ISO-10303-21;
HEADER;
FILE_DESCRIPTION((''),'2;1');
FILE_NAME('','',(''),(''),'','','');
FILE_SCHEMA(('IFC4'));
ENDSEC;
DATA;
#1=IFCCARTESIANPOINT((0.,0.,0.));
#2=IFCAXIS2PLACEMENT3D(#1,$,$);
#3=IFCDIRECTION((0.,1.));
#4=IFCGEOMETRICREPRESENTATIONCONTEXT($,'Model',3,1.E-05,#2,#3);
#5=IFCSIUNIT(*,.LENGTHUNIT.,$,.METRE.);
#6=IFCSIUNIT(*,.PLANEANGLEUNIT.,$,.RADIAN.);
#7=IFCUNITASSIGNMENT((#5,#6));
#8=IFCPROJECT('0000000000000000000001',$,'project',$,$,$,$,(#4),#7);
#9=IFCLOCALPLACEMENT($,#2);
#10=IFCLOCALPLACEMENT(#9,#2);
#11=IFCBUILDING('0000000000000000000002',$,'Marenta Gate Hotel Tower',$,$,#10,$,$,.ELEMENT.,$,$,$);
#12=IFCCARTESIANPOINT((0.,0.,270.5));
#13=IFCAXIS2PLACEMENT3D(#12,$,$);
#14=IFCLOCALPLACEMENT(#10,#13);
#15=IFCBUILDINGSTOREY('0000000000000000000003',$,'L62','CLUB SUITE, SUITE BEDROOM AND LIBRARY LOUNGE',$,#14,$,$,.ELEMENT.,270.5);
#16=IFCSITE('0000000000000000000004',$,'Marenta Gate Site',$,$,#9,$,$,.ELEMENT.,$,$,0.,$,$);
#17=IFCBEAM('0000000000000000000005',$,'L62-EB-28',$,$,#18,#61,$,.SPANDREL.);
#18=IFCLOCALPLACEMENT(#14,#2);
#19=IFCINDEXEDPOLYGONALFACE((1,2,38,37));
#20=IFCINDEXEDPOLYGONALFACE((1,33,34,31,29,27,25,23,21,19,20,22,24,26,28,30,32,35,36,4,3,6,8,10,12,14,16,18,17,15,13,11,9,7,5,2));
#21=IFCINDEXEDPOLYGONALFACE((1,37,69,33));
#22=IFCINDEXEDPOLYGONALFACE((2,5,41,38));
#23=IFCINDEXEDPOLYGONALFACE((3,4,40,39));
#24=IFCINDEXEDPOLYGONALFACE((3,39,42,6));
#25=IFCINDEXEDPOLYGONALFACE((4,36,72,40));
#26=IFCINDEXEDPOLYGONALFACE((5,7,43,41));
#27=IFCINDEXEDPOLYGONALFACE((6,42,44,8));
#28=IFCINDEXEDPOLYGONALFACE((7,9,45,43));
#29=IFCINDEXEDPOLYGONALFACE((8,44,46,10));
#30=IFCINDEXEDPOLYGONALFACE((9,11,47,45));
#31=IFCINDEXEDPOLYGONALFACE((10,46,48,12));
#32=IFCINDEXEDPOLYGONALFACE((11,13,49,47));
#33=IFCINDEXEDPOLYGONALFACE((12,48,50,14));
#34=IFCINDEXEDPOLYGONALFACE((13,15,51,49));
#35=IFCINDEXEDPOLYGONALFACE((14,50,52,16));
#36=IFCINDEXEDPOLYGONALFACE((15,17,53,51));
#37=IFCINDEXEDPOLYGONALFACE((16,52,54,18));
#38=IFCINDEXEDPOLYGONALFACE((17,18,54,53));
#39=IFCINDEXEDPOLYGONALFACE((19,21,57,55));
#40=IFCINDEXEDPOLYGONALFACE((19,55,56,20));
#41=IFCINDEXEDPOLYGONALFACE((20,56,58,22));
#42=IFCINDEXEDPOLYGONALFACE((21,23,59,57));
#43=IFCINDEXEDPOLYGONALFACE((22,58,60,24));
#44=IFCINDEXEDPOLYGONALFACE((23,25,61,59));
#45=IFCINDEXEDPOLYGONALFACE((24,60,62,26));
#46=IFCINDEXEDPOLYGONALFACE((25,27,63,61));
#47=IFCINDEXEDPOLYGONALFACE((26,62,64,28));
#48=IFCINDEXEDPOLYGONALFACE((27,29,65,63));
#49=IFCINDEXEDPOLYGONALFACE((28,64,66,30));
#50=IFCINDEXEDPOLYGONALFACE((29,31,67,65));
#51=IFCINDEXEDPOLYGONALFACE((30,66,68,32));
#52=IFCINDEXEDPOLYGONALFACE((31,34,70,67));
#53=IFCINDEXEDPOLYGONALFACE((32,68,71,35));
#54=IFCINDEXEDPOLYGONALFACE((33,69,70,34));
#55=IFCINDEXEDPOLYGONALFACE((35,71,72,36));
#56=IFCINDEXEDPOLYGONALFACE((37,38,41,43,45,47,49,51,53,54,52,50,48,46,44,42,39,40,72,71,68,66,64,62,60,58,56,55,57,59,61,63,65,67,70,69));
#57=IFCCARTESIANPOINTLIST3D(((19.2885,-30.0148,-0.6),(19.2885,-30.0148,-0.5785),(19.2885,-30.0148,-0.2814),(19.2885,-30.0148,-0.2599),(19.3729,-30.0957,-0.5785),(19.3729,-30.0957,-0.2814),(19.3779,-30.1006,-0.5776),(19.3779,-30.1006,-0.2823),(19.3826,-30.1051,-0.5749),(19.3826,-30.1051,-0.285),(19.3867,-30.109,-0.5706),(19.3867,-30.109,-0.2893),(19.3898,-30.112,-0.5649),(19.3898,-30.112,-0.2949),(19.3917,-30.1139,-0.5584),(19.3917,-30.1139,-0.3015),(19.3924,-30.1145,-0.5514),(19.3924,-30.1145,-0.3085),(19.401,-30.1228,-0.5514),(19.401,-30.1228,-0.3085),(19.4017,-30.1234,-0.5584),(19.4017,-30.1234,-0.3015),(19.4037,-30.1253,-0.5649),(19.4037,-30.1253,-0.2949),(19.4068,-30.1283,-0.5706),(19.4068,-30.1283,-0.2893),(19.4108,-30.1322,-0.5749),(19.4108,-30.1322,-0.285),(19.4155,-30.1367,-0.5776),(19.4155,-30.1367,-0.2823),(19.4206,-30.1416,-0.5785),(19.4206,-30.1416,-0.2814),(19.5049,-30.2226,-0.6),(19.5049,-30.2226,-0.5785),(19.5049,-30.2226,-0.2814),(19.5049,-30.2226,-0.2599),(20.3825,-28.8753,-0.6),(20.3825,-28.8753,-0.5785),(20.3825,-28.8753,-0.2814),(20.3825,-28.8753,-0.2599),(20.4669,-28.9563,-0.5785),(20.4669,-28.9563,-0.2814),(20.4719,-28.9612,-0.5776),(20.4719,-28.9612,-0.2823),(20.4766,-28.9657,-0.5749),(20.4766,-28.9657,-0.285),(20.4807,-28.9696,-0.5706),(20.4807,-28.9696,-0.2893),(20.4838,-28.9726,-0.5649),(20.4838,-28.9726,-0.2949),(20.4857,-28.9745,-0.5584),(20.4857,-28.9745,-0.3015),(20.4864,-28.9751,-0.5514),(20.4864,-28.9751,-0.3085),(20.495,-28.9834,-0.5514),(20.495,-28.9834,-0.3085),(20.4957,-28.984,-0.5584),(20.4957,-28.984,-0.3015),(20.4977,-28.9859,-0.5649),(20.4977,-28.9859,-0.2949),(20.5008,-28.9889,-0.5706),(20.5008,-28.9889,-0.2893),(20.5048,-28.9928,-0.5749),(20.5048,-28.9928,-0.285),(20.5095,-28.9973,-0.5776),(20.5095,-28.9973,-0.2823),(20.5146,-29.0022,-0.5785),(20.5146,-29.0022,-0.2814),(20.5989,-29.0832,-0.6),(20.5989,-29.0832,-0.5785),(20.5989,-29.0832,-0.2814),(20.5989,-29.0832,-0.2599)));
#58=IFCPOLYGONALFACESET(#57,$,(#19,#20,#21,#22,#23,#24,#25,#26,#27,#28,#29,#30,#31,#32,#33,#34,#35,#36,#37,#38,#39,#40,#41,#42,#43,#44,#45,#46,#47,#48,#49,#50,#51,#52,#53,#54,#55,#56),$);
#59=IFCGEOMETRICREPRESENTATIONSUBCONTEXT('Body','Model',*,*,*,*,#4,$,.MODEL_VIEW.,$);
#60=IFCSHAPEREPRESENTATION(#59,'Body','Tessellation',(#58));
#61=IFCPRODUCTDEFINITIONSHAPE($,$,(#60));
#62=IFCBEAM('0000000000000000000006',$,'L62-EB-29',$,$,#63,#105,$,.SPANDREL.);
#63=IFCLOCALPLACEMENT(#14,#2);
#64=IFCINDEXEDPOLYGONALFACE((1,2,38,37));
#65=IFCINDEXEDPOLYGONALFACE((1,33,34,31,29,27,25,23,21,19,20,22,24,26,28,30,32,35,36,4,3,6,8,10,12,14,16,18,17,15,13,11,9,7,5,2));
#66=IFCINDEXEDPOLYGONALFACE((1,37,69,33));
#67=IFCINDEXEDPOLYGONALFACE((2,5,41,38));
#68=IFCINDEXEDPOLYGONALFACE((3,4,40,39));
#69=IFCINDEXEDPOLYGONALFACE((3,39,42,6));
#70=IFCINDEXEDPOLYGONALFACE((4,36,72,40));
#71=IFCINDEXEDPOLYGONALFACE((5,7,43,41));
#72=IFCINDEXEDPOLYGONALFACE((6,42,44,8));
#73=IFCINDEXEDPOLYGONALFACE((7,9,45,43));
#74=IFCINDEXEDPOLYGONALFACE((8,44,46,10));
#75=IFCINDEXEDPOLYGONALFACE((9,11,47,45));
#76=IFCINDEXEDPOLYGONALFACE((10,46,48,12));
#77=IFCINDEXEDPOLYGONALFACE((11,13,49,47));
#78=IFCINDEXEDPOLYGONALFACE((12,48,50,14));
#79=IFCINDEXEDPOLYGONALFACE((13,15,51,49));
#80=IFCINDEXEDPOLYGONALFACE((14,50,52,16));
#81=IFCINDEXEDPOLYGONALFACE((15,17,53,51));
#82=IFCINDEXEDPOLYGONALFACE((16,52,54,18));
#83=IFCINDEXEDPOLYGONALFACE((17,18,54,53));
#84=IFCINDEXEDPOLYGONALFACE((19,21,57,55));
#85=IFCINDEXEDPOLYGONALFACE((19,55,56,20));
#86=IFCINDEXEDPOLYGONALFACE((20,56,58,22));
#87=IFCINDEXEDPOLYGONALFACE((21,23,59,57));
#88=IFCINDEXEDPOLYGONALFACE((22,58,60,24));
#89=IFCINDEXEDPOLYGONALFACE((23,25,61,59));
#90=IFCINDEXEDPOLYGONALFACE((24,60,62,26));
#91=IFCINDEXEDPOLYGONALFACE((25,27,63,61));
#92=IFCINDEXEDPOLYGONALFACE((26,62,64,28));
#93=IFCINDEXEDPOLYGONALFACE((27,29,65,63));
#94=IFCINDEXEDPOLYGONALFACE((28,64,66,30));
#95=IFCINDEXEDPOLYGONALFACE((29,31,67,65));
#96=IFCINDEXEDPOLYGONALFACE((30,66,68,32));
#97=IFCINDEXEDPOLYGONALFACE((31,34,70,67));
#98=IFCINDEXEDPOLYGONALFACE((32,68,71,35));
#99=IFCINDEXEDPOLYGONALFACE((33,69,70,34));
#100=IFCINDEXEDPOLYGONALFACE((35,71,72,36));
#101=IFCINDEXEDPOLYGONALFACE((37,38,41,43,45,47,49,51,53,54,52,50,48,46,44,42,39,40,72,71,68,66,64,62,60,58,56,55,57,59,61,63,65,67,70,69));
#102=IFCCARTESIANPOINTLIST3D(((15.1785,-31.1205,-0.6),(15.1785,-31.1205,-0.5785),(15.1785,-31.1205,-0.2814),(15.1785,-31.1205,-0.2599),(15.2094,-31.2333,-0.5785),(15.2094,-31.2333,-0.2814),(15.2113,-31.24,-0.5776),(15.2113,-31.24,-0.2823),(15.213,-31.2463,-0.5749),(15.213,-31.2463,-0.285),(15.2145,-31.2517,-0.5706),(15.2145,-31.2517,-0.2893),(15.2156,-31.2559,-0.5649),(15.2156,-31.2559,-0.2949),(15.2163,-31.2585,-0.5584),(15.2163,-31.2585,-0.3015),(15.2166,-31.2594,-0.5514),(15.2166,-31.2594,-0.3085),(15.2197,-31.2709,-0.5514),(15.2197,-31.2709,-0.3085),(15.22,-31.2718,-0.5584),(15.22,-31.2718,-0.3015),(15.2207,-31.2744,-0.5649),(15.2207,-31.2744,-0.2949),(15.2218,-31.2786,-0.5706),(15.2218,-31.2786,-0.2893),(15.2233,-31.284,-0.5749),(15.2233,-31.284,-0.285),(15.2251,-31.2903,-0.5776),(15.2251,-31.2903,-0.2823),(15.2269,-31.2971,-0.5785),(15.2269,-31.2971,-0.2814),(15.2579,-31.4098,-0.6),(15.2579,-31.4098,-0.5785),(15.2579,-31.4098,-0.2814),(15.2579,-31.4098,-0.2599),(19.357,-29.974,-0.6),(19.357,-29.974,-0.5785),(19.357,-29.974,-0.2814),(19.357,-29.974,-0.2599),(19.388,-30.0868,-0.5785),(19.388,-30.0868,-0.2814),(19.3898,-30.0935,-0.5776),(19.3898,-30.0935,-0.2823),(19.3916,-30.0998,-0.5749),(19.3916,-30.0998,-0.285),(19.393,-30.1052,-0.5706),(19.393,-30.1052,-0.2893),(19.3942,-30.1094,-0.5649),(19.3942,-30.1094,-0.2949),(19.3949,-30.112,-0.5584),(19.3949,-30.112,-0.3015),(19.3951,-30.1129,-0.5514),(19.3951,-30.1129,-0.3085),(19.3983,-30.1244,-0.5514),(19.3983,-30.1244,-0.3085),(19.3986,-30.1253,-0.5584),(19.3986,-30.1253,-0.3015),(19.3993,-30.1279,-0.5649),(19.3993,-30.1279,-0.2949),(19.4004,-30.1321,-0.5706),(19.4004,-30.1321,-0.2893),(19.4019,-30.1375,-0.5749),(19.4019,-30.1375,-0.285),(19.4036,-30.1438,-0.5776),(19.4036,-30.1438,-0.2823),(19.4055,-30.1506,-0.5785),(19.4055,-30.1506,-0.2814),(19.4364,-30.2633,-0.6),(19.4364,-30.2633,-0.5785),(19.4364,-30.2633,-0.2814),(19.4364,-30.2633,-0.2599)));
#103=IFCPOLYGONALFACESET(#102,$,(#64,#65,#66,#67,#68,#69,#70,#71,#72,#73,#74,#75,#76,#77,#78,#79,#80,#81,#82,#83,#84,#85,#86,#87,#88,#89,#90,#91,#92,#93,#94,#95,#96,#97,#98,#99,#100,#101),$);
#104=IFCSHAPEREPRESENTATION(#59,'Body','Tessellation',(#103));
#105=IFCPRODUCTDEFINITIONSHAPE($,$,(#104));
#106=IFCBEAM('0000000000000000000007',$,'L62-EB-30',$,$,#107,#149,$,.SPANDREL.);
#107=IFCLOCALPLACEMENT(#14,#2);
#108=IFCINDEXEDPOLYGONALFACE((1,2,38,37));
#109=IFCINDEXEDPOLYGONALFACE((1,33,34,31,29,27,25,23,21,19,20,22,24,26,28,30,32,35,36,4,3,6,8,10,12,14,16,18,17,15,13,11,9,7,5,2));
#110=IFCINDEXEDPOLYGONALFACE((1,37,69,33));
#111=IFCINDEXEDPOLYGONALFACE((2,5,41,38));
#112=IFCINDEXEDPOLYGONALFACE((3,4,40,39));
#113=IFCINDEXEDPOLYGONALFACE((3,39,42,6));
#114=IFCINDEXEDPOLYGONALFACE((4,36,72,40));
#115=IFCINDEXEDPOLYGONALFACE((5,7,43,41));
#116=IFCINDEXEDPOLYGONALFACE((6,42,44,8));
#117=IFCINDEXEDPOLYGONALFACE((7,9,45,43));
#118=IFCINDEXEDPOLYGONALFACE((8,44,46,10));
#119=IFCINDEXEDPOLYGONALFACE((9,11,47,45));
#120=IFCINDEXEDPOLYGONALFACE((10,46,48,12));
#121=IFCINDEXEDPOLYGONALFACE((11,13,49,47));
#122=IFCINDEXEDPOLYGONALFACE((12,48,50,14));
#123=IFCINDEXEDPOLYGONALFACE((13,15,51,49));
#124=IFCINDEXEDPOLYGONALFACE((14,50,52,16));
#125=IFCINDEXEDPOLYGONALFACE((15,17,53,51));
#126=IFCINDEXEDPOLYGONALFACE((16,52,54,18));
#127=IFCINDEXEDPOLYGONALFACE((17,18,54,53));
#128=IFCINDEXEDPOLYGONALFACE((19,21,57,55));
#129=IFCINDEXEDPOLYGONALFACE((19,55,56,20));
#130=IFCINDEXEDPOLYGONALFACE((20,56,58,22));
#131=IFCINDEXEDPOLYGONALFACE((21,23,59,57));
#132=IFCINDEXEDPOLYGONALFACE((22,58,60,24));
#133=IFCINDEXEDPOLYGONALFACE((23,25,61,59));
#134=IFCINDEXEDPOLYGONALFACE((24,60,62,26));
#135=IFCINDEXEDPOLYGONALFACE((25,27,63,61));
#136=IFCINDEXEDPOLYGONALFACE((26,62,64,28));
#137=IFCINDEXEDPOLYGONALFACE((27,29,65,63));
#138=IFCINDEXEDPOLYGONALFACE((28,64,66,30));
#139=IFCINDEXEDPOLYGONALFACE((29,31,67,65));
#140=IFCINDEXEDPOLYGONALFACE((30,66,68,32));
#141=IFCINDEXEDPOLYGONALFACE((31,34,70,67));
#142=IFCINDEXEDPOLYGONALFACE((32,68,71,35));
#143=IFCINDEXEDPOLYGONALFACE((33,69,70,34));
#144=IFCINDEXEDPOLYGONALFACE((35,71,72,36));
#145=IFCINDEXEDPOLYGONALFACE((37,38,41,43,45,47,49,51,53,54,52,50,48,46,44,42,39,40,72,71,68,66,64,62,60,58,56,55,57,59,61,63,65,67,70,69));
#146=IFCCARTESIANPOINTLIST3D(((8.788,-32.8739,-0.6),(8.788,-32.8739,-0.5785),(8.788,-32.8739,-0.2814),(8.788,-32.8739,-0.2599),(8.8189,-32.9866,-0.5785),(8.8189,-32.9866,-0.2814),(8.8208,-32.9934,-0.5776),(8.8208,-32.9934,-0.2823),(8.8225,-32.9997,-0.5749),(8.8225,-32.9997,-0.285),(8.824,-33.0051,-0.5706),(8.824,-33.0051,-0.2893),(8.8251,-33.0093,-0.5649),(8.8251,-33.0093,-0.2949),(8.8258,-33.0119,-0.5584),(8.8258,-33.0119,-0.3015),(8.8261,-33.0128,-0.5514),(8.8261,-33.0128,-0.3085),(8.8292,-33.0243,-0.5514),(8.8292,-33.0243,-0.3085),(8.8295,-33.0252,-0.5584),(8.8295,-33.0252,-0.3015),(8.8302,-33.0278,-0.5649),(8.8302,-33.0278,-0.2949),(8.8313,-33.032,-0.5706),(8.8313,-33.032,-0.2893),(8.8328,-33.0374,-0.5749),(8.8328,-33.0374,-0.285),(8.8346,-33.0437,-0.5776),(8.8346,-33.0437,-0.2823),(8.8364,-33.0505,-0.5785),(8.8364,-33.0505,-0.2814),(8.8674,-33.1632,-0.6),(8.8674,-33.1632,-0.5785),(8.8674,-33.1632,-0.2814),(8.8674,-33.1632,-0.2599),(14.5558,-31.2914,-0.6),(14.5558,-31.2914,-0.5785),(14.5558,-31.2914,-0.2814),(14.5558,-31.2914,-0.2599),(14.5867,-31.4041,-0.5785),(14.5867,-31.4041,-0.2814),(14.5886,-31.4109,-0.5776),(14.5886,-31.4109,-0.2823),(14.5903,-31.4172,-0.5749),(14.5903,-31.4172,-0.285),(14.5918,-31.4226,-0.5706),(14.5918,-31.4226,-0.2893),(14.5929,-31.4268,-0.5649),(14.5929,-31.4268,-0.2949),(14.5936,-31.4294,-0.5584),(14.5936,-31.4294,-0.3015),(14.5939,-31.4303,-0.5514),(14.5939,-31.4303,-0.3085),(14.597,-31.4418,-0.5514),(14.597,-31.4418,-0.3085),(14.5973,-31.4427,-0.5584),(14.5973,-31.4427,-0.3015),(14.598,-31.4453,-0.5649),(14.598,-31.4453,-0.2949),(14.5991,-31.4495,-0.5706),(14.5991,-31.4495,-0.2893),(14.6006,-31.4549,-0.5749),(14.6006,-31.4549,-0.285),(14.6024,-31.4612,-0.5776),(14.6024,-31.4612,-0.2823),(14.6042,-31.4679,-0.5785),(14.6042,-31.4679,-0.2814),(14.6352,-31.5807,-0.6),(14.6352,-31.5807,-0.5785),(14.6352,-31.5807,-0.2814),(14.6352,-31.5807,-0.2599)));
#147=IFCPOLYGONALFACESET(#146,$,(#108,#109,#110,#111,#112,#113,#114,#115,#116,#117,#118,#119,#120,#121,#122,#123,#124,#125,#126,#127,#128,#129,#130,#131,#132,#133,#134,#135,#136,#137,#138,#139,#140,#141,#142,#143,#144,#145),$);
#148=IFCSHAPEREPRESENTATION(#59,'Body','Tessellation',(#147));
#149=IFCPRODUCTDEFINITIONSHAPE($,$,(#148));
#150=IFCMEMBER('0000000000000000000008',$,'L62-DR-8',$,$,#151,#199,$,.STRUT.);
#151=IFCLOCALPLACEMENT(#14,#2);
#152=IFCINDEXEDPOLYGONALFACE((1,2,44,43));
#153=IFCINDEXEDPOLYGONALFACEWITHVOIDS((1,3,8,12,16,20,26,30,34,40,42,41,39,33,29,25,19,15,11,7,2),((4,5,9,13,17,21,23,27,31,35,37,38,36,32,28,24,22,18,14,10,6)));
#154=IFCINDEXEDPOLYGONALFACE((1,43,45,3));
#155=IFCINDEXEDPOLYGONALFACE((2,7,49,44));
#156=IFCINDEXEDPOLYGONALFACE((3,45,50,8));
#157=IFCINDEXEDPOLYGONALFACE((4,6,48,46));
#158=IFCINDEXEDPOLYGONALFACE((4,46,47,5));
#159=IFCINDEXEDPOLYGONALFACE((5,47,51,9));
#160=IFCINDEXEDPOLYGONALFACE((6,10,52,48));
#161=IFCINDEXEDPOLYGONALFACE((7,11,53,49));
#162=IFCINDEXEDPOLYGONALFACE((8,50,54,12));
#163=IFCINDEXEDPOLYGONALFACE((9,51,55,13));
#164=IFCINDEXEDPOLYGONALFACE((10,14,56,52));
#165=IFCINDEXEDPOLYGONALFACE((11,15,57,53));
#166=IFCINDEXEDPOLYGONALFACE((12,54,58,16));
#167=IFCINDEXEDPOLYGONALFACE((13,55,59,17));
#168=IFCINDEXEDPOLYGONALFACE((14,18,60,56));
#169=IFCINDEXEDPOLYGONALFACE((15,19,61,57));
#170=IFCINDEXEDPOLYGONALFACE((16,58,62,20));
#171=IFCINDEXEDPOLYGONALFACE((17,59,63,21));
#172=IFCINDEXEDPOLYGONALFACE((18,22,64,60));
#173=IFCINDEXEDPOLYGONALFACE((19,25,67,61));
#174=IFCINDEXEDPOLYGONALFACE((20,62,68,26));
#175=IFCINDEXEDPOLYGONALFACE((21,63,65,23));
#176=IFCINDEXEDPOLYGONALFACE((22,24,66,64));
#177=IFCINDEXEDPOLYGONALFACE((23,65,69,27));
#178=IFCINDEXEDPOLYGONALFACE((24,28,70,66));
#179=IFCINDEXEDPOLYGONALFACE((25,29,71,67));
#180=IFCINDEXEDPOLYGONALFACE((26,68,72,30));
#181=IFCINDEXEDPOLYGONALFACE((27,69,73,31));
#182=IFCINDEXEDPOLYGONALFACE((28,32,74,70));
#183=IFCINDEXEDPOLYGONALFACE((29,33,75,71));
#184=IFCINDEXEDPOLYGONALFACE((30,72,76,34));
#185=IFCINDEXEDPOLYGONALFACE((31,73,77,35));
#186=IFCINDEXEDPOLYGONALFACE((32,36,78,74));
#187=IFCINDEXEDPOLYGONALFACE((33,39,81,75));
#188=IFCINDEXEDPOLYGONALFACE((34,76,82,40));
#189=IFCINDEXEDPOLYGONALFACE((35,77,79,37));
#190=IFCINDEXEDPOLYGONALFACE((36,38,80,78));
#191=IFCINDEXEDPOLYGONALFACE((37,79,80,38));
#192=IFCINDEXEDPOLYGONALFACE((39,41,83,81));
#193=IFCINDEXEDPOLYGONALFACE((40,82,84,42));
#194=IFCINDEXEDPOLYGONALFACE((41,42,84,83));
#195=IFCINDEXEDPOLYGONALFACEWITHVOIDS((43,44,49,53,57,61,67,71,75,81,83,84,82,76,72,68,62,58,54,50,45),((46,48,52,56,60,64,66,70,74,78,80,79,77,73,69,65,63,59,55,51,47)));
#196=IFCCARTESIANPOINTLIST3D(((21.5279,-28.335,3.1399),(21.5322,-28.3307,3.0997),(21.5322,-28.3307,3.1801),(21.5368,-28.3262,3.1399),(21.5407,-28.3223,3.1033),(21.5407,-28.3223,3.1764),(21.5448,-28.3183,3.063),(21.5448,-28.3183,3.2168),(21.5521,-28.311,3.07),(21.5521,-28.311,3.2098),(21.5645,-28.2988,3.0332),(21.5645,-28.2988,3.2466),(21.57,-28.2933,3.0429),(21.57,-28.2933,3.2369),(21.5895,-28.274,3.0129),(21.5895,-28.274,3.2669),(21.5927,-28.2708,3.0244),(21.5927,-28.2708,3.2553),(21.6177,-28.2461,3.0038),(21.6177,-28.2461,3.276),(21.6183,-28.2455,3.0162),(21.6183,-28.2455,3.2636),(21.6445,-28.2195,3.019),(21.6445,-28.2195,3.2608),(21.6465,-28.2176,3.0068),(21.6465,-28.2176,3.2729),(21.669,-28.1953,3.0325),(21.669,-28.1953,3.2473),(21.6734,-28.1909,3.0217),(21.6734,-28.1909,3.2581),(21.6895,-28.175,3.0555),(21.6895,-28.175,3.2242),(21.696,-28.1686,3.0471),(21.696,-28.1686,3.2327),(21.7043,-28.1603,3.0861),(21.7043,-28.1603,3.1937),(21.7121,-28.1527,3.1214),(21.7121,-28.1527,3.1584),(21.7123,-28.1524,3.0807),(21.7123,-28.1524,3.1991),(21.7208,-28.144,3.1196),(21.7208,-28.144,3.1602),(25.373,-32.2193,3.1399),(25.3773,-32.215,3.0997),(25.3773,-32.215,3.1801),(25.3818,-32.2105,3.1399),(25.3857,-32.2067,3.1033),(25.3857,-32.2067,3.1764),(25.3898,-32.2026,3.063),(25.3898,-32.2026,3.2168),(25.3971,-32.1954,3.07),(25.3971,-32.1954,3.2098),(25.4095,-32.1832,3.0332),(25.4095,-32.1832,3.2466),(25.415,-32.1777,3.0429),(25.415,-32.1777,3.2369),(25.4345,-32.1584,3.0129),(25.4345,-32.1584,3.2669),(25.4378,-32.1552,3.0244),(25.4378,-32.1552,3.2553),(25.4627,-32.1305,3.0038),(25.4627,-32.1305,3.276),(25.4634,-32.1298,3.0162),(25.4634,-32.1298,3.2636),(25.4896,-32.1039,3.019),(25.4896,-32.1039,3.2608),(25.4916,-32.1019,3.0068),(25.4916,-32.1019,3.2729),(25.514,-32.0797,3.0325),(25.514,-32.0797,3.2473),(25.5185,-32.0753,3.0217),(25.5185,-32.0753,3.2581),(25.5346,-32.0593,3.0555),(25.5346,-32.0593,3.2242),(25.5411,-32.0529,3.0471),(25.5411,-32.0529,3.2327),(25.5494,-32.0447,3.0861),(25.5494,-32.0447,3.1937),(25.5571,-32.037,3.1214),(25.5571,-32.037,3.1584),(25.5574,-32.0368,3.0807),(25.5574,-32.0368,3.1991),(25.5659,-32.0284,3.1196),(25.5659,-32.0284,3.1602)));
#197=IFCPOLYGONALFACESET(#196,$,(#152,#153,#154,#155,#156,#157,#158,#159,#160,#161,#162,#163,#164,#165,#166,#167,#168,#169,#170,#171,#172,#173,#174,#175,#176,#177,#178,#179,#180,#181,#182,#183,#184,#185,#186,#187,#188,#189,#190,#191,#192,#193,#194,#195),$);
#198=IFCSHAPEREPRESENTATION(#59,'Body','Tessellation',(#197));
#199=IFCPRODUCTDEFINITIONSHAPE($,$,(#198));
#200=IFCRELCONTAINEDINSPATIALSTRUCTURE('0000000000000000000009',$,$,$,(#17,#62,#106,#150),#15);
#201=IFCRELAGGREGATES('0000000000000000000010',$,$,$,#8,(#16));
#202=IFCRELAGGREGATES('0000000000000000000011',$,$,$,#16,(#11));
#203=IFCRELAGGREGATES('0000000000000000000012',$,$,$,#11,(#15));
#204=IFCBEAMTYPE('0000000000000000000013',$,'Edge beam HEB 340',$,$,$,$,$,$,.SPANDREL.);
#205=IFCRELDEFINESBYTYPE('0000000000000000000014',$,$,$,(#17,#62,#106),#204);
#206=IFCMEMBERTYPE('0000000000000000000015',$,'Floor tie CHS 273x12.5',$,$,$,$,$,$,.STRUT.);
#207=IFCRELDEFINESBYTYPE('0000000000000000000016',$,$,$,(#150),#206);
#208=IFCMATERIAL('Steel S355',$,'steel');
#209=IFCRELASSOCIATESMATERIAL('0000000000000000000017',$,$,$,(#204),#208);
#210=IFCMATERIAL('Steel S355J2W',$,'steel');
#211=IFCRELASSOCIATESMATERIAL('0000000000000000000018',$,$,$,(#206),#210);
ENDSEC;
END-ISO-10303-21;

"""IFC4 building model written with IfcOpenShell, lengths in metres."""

from ifc_helpers import new_model, si_unit, direction, frame, origin, origin_2d, place, context, subcontext, project, spatial, hollow_circle, i_section, extrude, material, material_profile, profile_set, type_object, element, save


model = new_model("IFC4")

# Units and contexts
model_context = context("Model", 3, precision=1e-05, world=origin(), true_north=direction((0.0, 1.0)))
body_context = subcontext(model_context, "Body", "Model", "MODEL_VIEW")
ifc_project = project(units=[si_unit("LENGTHUNIT", "METRE"), si_unit("PLANEANGLEUNIT", "RADIAN")], contexts=[model_context])

# Site, building, storey
site_placement = place(None, origin())
site = spatial("IfcSite", under=ifc_project, at=site_placement, Name="Marenta Gate Site", CompositionType="ELEMENT", RefElevation=0.0)
building_placement = place(site_placement, origin())
building = spatial("IfcBuilding", under=site, at=building_placement, Name="Marenta Gate Hotel Tower", CompositionType="ELEMENT")
storey_placement = place(building_placement, frame((0.0, 0.0, 270.5)))
storey = spatial("IfcBuildingStorey", under=building, at=storey_placement, Name="L62", Description="CLUB SUITE, SUITE BEDROOM AND LIBRARY LOUNGE", CompositionType="ELEMENT", Elevation=270.5)

# Beams
ifc_material_1 = material(Name="Steel S355", Category="steel")
ifc_material_profile_1 = material_profile(ifc_material_1, i_section(OverallWidth=0.3, OverallDepth=0.3401, WebThickness=0.012, FlangeThickness=0.0215, FilletRadius=0.0271, at=origin_2d()), Name="HEB 340")
ifc_profile_set_1 = profile_set([ifc_material_profile_1], Name="Steel S355")
beam_type = type_object("IfcBeamType", Name="Edge beam HEB 340", PredefinedType="SPANDREL", material=ifc_profile_set_1)
beam_1_placement = place(storey_placement, frame((20.4907, -28.9792, -0.4299), z_axis=(-0.692587, -0.721335, 0.0), x_axis=(0.721335, -0.692587, 0.0)))
element("IfcBeam", 1, at=beam_1_placement, inside=storey, type_object=beam_type, Name="L62-EB-28", PredefinedType="SPANDREL", context=body_context, shape_type="SweptSolid", body=[
    extrude(i_section(OverallWidth=0.3, OverallDepth=0.3401, WebThickness=0.012, FlangeThickness=0.0215, FilletRadius=0.0271, at=origin_2d()), origin(), (0.0, 0.0, 1.0), 1.5796),
])
beam_2_placement = place(storey_placement, frame((19.3967, -30.1187, -0.4299), z_axis=(-0.964358, -0.2646, 0.0), x_axis=(0.2646, -0.964358, 0.0)))
element("IfcBeam", 2, at=beam_2_placement, inside=storey, type_object=beam_type, Name="L62-EB-29", PredefinedType="SPANDREL", context=body_context, shape_type="SweptSolid", body=[
    extrude(i_section(OverallWidth=0.3, OverallDepth=0.3401, WebThickness=0.012, FlangeThickness=0.0215, FilletRadius=0.0271, at=origin_2d()), origin(), (0.0, 0.0, 1.0), 4.333),
])
beam_3_placement = place(storey_placement, frame((14.5955, -31.436, -0.4299), z_axis=(-0.96436, -0.264592, 0.0), x_axis=(0.264592, -0.96436, 0.0)))
element("IfcBeam", 3, at=beam_3_placement, inside=storey, type_object=beam_type, Name="L62-EB-30", PredefinedType="SPANDREL", context=body_context, shape_type="SweptSolid", body=[
    extrude(i_section(OverallWidth=0.3, OverallDepth=0.3401, WebThickness=0.012, FlangeThickness=0.0215, FilletRadius=0.0271, at=origin_2d()), origin(), (0.0, 0.0, 1.0), 5.981),
])

# Member
ifc_material_2 = material(Name="Steel S355J2W", Category="steel")
ifc_material_profile_2 = material_profile(ifc_material_2, hollow_circle(Radius=0.1365, WallThickness=0.0125, at=origin_2d()), Name="CHS 273x12.5")
ifc_profile_set_2 = profile_set([ifc_material_profile_2], Name="Steel S355J2W")
member_type_1 = type_object("IfcMemberType", Name="Floor tie CHS 273x12.5", PredefinedType="STRUT", material=ifc_profile_set_2)
member_1_placement = place(storey_placement, frame((25.47, -32.1233, 3.1399), z_axis=(-0.703502, 0.710694, 0.0), x_axis=(-0.710694, -0.703502, 0.0)))
element("IfcMember", 4, at=member_1_placement, inside=storey, type_object=member_type_1, Name="L62-DR-8", PredefinedType="STRUT", context=body_context, shape_type="SweptSolid", body=[
    extrude(hollow_circle(Radius=0.1365, WallThickness=0.0125, at=origin_2d()), origin(), (0.0, 0.0, 1.0), 5.4656),
])

save(model, "model.ifc")
